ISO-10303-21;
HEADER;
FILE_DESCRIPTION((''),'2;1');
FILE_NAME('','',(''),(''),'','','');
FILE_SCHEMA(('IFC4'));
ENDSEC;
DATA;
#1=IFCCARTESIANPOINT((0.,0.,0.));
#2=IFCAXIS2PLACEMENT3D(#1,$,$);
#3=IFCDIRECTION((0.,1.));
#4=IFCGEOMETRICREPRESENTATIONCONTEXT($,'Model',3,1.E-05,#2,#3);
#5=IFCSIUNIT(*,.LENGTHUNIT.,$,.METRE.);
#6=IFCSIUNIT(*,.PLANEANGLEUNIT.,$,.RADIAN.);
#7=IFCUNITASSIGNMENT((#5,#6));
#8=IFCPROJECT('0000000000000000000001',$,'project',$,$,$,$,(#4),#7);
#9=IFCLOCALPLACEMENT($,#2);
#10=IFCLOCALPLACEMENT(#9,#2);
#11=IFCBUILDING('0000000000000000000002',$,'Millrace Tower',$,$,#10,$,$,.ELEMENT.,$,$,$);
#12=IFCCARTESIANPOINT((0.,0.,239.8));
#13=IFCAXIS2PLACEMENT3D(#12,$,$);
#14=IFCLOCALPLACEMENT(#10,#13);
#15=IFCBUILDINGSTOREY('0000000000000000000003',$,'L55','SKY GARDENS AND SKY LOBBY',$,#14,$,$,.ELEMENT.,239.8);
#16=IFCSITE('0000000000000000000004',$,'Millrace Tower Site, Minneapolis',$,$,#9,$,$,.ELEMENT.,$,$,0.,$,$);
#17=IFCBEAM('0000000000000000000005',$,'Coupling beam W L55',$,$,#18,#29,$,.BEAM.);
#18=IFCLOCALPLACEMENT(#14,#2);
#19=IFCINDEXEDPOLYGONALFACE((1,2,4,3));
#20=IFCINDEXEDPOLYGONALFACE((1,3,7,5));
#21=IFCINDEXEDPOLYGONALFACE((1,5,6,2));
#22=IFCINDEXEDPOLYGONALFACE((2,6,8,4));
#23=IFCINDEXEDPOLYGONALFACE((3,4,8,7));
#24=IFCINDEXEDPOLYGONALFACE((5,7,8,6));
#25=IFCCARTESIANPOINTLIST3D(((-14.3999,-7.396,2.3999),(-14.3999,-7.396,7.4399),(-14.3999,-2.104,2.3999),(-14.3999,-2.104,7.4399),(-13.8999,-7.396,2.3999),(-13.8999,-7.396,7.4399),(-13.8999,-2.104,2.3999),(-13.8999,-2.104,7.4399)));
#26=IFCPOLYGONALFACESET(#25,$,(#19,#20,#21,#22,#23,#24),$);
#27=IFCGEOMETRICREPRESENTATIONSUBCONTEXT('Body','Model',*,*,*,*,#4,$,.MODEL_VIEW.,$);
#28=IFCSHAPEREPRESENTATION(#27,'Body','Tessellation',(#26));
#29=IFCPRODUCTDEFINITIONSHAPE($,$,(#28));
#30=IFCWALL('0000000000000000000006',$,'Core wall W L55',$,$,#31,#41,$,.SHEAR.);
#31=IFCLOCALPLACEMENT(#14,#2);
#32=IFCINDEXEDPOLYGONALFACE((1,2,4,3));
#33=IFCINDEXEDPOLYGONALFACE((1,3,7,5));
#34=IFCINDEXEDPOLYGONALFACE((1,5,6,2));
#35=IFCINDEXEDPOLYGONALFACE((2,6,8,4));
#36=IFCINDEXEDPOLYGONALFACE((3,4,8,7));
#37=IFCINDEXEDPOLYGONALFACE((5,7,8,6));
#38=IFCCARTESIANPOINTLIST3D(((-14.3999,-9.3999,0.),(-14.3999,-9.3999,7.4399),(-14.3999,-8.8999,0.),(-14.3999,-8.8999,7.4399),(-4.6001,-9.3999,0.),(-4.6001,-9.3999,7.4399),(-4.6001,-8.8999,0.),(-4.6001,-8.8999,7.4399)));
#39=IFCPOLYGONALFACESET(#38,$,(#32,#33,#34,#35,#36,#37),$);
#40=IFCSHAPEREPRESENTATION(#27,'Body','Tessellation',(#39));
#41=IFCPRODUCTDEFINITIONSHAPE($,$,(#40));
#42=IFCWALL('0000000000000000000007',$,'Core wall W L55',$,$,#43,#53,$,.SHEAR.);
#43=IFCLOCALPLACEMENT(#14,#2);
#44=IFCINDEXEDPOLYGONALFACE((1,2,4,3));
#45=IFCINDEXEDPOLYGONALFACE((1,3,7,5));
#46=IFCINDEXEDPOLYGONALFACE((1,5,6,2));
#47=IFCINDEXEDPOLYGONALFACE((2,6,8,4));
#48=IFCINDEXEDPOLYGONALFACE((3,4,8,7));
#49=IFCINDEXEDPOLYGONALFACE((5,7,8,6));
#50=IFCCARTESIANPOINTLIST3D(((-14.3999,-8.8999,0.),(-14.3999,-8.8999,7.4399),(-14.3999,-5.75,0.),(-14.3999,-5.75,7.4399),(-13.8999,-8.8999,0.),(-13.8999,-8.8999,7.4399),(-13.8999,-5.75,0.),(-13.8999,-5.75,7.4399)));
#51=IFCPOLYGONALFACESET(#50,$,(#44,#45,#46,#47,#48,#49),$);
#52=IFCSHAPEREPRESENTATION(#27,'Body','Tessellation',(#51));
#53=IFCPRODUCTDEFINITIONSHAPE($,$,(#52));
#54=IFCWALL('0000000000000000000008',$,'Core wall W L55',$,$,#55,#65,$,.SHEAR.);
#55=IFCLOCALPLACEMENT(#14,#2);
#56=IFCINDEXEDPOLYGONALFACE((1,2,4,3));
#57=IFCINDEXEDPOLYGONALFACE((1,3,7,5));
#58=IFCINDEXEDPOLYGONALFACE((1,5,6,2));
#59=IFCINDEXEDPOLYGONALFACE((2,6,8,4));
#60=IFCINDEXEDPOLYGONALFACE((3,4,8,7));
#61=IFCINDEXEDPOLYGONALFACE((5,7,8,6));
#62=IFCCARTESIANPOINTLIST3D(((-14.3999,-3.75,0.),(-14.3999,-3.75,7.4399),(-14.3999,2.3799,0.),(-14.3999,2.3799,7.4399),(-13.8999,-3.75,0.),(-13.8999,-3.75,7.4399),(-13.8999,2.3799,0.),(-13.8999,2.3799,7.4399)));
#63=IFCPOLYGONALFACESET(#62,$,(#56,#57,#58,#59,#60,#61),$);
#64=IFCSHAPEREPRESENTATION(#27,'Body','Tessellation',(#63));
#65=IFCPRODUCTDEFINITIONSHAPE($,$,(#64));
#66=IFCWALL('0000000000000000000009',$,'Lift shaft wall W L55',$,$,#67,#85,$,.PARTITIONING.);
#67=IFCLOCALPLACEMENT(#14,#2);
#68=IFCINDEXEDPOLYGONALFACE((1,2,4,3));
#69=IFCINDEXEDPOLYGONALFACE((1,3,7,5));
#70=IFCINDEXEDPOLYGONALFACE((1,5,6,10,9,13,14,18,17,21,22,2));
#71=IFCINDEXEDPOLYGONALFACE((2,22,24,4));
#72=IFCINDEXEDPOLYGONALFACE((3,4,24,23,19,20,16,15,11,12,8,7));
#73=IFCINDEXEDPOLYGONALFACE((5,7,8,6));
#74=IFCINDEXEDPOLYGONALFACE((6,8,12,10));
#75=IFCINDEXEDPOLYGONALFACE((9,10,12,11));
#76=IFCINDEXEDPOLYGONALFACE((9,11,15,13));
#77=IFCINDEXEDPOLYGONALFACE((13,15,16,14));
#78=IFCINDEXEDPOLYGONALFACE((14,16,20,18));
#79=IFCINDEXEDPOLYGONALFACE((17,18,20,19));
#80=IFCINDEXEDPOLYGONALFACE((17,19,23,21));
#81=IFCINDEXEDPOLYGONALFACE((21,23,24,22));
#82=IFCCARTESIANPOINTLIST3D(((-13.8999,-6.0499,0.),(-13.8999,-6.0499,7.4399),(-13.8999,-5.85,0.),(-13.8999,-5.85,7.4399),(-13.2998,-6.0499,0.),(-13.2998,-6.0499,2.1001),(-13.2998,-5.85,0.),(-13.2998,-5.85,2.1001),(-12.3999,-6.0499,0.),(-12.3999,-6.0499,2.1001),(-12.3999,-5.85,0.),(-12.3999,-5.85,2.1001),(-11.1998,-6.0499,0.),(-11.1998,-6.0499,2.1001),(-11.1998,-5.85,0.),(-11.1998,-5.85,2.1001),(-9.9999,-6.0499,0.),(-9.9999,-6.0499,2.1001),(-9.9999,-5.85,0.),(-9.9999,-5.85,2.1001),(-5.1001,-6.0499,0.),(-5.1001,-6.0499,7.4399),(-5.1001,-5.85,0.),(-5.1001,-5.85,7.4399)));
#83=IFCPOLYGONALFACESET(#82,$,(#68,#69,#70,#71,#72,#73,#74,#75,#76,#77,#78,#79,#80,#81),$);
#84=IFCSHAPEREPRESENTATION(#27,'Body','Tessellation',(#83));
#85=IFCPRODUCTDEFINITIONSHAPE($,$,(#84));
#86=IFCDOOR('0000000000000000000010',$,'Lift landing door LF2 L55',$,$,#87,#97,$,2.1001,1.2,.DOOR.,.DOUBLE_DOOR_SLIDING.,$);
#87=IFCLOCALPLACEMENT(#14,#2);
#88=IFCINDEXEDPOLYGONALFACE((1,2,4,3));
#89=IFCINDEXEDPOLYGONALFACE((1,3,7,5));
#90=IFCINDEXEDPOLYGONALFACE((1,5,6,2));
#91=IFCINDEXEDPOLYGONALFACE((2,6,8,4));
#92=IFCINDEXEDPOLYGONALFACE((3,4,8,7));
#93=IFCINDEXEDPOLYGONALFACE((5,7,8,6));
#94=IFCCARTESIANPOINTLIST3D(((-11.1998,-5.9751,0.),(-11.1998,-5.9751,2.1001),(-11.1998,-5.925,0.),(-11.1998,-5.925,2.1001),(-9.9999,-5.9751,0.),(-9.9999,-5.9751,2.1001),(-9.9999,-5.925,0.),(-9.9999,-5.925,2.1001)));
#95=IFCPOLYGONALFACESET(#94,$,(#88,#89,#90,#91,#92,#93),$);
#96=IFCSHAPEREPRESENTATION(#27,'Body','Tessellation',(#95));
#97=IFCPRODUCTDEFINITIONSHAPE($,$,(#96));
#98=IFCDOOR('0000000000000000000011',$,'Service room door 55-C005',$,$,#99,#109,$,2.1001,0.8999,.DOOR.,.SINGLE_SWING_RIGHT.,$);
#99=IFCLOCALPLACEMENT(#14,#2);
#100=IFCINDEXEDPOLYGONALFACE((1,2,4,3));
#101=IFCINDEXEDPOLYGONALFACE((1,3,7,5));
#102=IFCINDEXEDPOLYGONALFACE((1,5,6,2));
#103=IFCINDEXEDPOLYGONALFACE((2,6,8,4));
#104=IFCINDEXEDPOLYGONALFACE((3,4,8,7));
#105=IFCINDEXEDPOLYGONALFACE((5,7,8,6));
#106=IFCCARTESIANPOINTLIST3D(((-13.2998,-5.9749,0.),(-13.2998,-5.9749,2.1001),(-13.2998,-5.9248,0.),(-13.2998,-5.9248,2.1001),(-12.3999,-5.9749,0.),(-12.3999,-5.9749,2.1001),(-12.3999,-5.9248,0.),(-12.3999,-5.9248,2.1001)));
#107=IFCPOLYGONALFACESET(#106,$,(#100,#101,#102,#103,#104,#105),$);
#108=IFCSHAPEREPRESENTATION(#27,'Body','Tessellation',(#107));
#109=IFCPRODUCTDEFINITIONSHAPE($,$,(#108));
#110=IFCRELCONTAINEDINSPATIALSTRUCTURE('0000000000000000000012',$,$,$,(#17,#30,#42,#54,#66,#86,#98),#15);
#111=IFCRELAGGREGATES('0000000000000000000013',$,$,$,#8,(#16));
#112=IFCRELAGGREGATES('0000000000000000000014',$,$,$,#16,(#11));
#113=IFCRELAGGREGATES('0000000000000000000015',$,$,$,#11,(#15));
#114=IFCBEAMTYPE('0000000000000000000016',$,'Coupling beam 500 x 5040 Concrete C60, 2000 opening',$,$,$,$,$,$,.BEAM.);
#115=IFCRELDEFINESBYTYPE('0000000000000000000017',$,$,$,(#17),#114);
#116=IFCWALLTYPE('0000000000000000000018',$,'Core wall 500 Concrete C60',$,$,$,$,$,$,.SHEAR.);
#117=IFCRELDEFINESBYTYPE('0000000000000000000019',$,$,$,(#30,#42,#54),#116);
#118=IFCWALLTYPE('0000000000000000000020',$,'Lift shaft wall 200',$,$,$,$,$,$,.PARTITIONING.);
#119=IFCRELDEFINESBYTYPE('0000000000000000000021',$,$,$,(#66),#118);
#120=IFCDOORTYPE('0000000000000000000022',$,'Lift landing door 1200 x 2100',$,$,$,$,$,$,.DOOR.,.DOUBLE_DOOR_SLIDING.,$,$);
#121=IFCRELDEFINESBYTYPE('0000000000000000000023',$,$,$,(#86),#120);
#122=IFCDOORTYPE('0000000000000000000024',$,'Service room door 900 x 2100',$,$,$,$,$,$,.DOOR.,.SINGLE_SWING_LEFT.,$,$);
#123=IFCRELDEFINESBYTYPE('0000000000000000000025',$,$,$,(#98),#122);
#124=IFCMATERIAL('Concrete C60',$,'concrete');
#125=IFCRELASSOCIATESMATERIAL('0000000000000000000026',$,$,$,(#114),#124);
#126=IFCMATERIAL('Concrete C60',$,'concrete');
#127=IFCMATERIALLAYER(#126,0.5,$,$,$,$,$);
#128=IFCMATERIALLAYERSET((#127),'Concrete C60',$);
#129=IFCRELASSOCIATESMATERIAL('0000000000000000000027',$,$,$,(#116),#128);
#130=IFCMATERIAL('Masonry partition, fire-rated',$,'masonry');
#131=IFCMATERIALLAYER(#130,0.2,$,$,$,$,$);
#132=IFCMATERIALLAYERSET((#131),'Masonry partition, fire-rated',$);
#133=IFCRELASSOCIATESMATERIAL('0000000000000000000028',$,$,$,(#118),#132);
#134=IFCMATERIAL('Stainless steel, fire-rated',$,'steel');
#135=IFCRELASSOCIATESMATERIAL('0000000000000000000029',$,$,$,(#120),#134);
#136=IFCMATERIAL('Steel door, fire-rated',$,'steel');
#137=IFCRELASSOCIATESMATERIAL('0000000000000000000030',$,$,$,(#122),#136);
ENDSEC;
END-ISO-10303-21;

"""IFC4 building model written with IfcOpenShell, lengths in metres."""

from ifc_helpers import new_model, si_unit, direction, frame, frame_2d, origin, origin_2d, place, context, subcontext, project, spatial, rectangle, extrude, material, layer, layer_set, material_profile, profile_set, type_object, element, fill, save


model = new_model("IFC4")

# Units and contexts
model_context = context("Model", 3, precision=1e-05, world=origin(), true_north=direction((0.0, 1.0)))
body_context = subcontext(model_context, "Body", "Model", "MODEL_VIEW")
ifc_project = project(units=[si_unit("LENGTHUNIT", "METRE"), si_unit("PLANEANGLEUNIT", "RADIAN")], contexts=[model_context])

# Site, building, storey
site_placement = place(None, origin())
site = spatial("IfcSite", under=ifc_project, at=site_placement, Name="Millrace Tower Site, Minneapolis", CompositionType="ELEMENT", RefElevation=0.0)
building_placement = place(site_placement, origin())
building = spatial("IfcBuilding", under=site, at=building_placement, Name="Millrace Tower", CompositionType="ELEMENT")
storey_placement = place(building_placement, frame((0.0, 0.0, 239.8)))
storey = spatial("IfcBuildingStorey", under=building, at=storey_placement, Name="L55", Description="SKY GARDENS AND SKY LOBBY", CompositionType="ELEMENT", Elevation=239.8)

# Beam
ifc_material_1 = material(Name="Concrete C60", Category="concrete")
ifc_material_profile = material_profile(ifc_material_1, rectangle(XDim=0.5, YDim=5.04, at=origin_2d()))
ifc_profile_set = profile_set([ifc_material_profile], Name="Concrete C60")
beam_type = type_object("IfcBeamType", Name="Coupling beam 500 x 5040 Concrete C60, 2000 opening", PredefinedType="BEAM", material=ifc_profile_set)
beam_placement = place(storey_placement, frame((-14.1499, -7.396, 4.9199), z_axis=(0.0, 1.0, 0.0), x_axis=(-1.0, 0.0, 0.0)))
element("IfcBeam", 1, at=beam_placement, inside=storey, type_object=beam_type, Name="Coupling beam W L55", PredefinedType="BEAM", context=body_context, shape_type="SweptSolid", body=[
    extrude(rectangle(XDim=0.5, YDim=5.04, at=origin_2d()), origin(), (0.0, 0.0, 1.0), 5.292),
])

# Walls
ifc_material_2 = material(Name="Concrete C60", Category="concrete")
ifc_layer_1 = layer(ifc_material_2, 0.5)
ifc_layer_set_1 = layer_set([ifc_layer_1], Name="Concrete C60")
wall_type_1 = type_object("IfcWallType", Name="Core wall 500 Concrete C60", PredefinedType="SHEAR", material=ifc_layer_set_1)
wall_1_placement = place(storey_placement, frame((-14.3999, -9.1499, 0.0), z_axis=(0.0, 0.0, 1.0), x_axis=(1.0, 0.0, 0.0)))
element("IfcWall", 2, at=wall_1_placement, inside=storey, type_object=wall_type_1, Name="Core wall W L55", PredefinedType="SHEAR", context=body_context, shape_type="SweptSolid", body=[
    extrude(rectangle(XDim=9.7998, YDim=0.5, at=frame_2d((4.8999, 0.0))), origin(), (0.0, 0.0, 1.0), 7.4399),
])
wall_2_placement = place(storey_placement, frame((-14.1499, -8.8999, 0.0), z_axis=(0.0, 0.0, 1.0), x_axis=(0.0, 1.0, 0.0)))
element("IfcWall", 3, at=wall_2_placement, inside=storey, type_object=wall_type_1, Name="Core wall W L55", PredefinedType="SHEAR", context=body_context, shape_type="SweptSolid", body=[
    extrude(rectangle(XDim=3.1499, YDim=0.5, at=frame_2d((1.575, 0.0))), origin(), (0.0, 0.0, 1.0), 7.4399),
])
wall_3_placement = place(storey_placement, frame((-14.1499, -3.75, 0.0), z_axis=(0.0, 0.0, 1.0), x_axis=(0.0, 1.0, 0.0)))
element("IfcWall", 4, at=wall_3_placement, inside=storey, type_object=wall_type_1, Name="Core wall W L55", PredefinedType="SHEAR", context=body_context, shape_type="SweptSolid", body=[
    extrude(rectangle(XDim=6.1299, YDim=0.5, at=frame_2d((3.0649, 0.0))), origin(), (0.0, 0.0, 1.0), 7.4399),
])

# Wall, openings, doors
ifc_material_3 = material(Name="Masonry partition, fire-rated", Category="masonry")
ifc_layer_2 = layer(ifc_material_3, 0.2)
ifc_layer_set_2 = layer_set([ifc_layer_2], Name="Masonry partition, fire-rated")
wall_type_2 = type_object("IfcWallType", Name="Lift shaft wall 200", PredefinedType="PARTITIONING", material=ifc_layer_set_2)
wall_4_placement = place(storey_placement, frame((-13.8999, -5.95, 0.0), z_axis=(0.0, 0.0, 1.0), x_axis=(1.0, 0.0, 0.0)))
wall_4 = element("IfcWall", 5, at=wall_4_placement, inside=storey, type_object=wall_type_2, Name="Lift shaft wall W L55", PredefinedType="PARTITIONING", context=body_context, shape_type="SweptSolid", body=[
    extrude(rectangle(XDim=8.7998, YDim=0.2, at=frame_2d((4.3999, 0.0))), origin(), (0.0, 0.0, 1.0), 7.4399),
])
opening_1_placement = place(wall_4_placement, frame((2.7, 0.0, 0.0)))
opening_1 = element("IfcOpeningElement", 6, at=opening_1_placement, cuts=wall_4, PredefinedType="OPENING", context=body_context, shape_type="SweptSolid", body=[
    extrude(rectangle(XDim=1.2, YDim=2.1001, at=frame_2d((0.6001, 1.05))), frame((0.0, 0.1099, 0.0), z_axis=(0.0, -1.0, 0.0), x_axis=(1.0, 0.0, 0.0)), (0.0, 0.0, 1.0), 0.22),
])
opening_2_placement = place(wall_4_placement, frame((0.6001, 0.0, 0.0)))
opening_2 = element("IfcOpeningElement", 7, at=opening_2_placement, cuts=wall_4, PredefinedType="OPENING", context=body_context, shape_type="SweptSolid", body=[
    extrude(rectangle(XDim=0.8999, YDim=2.1001, at=frame_2d((0.45, 1.05))), frame((0.0, 0.1099, 0.0), z_axis=(0.0, -1.0, 0.0), x_axis=(1.0, 0.0, 0.0)), (0.0, 0.0, 1.0), 0.22),
])
ifc_material_4 = material(Name="Stainless steel, fire-rated", Category="steel")
door_type_1 = type_object("IfcDoorType", Name="Lift landing door 1200 x 2100", OperationType="DOUBLE_DOOR_SLIDING", PredefinedType="DOOR", material=ifc_material_4)
door_1_placement = place(opening_1_placement, origin())
door_1 = element("IfcDoor", 8, at=door_1_placement, inside=storey, type_object=door_type_1, Name="Lift landing door LF2 L55", OperationType="DOUBLE_DOOR_SLIDING", OverallHeight=2.1001, OverallWidth=1.2, PredefinedType="DOOR", context=body_context, shape_type="SweptSolid", body=[
    extrude(rectangle(XDim=1.2, YDim=2.1001, at=frame_2d((0.6001, 1.05))), frame((0.0, 0.0249, 0.0), z_axis=(0.0, -1.0, 0.0), x_axis=(1.0, 0.0, 0.0)), (0.0, 0.0, 1.0), 0.05),
])
fill(opening_1, door_1)
ifc_material_5 = material(Name="Steel door, fire-rated", Category="steel")
door_type_2 = type_object("IfcDoorType", Name="Service room door 900 x 2100", OperationType="SINGLE_SWING_LEFT", PredefinedType="DOOR", material=ifc_material_5)
door_2_placement = place(opening_2_placement, frame((0.8999, 0.0, 0.0), z_axis=(0.0, 0.0, 1.0), x_axis=(-1.0, 0.0, 0.0)))
door_2 = element("IfcDoor", 9, at=door_2_placement, inside=storey, type_object=door_type_2, Name="Service room door 55-C005", OperationType="SINGLE_SWING_RIGHT", OverallHeight=2.1001, OverallWidth=0.8999, PredefinedType="DOOR", context=body_context, shape_type="SweptSolid", body=[
    extrude(rectangle(XDim=0.8999, YDim=2.1001, at=frame_2d((0.45, 1.05))), frame((0.0, 0.0249, 0.0), z_axis=(0.0, -1.0, 0.0), x_axis=(1.0, 0.0, 0.0)), (0.0, 0.0, 1.0), 0.05),
])
fill(opening_2, door_2)

save(model, "model.ifc")
